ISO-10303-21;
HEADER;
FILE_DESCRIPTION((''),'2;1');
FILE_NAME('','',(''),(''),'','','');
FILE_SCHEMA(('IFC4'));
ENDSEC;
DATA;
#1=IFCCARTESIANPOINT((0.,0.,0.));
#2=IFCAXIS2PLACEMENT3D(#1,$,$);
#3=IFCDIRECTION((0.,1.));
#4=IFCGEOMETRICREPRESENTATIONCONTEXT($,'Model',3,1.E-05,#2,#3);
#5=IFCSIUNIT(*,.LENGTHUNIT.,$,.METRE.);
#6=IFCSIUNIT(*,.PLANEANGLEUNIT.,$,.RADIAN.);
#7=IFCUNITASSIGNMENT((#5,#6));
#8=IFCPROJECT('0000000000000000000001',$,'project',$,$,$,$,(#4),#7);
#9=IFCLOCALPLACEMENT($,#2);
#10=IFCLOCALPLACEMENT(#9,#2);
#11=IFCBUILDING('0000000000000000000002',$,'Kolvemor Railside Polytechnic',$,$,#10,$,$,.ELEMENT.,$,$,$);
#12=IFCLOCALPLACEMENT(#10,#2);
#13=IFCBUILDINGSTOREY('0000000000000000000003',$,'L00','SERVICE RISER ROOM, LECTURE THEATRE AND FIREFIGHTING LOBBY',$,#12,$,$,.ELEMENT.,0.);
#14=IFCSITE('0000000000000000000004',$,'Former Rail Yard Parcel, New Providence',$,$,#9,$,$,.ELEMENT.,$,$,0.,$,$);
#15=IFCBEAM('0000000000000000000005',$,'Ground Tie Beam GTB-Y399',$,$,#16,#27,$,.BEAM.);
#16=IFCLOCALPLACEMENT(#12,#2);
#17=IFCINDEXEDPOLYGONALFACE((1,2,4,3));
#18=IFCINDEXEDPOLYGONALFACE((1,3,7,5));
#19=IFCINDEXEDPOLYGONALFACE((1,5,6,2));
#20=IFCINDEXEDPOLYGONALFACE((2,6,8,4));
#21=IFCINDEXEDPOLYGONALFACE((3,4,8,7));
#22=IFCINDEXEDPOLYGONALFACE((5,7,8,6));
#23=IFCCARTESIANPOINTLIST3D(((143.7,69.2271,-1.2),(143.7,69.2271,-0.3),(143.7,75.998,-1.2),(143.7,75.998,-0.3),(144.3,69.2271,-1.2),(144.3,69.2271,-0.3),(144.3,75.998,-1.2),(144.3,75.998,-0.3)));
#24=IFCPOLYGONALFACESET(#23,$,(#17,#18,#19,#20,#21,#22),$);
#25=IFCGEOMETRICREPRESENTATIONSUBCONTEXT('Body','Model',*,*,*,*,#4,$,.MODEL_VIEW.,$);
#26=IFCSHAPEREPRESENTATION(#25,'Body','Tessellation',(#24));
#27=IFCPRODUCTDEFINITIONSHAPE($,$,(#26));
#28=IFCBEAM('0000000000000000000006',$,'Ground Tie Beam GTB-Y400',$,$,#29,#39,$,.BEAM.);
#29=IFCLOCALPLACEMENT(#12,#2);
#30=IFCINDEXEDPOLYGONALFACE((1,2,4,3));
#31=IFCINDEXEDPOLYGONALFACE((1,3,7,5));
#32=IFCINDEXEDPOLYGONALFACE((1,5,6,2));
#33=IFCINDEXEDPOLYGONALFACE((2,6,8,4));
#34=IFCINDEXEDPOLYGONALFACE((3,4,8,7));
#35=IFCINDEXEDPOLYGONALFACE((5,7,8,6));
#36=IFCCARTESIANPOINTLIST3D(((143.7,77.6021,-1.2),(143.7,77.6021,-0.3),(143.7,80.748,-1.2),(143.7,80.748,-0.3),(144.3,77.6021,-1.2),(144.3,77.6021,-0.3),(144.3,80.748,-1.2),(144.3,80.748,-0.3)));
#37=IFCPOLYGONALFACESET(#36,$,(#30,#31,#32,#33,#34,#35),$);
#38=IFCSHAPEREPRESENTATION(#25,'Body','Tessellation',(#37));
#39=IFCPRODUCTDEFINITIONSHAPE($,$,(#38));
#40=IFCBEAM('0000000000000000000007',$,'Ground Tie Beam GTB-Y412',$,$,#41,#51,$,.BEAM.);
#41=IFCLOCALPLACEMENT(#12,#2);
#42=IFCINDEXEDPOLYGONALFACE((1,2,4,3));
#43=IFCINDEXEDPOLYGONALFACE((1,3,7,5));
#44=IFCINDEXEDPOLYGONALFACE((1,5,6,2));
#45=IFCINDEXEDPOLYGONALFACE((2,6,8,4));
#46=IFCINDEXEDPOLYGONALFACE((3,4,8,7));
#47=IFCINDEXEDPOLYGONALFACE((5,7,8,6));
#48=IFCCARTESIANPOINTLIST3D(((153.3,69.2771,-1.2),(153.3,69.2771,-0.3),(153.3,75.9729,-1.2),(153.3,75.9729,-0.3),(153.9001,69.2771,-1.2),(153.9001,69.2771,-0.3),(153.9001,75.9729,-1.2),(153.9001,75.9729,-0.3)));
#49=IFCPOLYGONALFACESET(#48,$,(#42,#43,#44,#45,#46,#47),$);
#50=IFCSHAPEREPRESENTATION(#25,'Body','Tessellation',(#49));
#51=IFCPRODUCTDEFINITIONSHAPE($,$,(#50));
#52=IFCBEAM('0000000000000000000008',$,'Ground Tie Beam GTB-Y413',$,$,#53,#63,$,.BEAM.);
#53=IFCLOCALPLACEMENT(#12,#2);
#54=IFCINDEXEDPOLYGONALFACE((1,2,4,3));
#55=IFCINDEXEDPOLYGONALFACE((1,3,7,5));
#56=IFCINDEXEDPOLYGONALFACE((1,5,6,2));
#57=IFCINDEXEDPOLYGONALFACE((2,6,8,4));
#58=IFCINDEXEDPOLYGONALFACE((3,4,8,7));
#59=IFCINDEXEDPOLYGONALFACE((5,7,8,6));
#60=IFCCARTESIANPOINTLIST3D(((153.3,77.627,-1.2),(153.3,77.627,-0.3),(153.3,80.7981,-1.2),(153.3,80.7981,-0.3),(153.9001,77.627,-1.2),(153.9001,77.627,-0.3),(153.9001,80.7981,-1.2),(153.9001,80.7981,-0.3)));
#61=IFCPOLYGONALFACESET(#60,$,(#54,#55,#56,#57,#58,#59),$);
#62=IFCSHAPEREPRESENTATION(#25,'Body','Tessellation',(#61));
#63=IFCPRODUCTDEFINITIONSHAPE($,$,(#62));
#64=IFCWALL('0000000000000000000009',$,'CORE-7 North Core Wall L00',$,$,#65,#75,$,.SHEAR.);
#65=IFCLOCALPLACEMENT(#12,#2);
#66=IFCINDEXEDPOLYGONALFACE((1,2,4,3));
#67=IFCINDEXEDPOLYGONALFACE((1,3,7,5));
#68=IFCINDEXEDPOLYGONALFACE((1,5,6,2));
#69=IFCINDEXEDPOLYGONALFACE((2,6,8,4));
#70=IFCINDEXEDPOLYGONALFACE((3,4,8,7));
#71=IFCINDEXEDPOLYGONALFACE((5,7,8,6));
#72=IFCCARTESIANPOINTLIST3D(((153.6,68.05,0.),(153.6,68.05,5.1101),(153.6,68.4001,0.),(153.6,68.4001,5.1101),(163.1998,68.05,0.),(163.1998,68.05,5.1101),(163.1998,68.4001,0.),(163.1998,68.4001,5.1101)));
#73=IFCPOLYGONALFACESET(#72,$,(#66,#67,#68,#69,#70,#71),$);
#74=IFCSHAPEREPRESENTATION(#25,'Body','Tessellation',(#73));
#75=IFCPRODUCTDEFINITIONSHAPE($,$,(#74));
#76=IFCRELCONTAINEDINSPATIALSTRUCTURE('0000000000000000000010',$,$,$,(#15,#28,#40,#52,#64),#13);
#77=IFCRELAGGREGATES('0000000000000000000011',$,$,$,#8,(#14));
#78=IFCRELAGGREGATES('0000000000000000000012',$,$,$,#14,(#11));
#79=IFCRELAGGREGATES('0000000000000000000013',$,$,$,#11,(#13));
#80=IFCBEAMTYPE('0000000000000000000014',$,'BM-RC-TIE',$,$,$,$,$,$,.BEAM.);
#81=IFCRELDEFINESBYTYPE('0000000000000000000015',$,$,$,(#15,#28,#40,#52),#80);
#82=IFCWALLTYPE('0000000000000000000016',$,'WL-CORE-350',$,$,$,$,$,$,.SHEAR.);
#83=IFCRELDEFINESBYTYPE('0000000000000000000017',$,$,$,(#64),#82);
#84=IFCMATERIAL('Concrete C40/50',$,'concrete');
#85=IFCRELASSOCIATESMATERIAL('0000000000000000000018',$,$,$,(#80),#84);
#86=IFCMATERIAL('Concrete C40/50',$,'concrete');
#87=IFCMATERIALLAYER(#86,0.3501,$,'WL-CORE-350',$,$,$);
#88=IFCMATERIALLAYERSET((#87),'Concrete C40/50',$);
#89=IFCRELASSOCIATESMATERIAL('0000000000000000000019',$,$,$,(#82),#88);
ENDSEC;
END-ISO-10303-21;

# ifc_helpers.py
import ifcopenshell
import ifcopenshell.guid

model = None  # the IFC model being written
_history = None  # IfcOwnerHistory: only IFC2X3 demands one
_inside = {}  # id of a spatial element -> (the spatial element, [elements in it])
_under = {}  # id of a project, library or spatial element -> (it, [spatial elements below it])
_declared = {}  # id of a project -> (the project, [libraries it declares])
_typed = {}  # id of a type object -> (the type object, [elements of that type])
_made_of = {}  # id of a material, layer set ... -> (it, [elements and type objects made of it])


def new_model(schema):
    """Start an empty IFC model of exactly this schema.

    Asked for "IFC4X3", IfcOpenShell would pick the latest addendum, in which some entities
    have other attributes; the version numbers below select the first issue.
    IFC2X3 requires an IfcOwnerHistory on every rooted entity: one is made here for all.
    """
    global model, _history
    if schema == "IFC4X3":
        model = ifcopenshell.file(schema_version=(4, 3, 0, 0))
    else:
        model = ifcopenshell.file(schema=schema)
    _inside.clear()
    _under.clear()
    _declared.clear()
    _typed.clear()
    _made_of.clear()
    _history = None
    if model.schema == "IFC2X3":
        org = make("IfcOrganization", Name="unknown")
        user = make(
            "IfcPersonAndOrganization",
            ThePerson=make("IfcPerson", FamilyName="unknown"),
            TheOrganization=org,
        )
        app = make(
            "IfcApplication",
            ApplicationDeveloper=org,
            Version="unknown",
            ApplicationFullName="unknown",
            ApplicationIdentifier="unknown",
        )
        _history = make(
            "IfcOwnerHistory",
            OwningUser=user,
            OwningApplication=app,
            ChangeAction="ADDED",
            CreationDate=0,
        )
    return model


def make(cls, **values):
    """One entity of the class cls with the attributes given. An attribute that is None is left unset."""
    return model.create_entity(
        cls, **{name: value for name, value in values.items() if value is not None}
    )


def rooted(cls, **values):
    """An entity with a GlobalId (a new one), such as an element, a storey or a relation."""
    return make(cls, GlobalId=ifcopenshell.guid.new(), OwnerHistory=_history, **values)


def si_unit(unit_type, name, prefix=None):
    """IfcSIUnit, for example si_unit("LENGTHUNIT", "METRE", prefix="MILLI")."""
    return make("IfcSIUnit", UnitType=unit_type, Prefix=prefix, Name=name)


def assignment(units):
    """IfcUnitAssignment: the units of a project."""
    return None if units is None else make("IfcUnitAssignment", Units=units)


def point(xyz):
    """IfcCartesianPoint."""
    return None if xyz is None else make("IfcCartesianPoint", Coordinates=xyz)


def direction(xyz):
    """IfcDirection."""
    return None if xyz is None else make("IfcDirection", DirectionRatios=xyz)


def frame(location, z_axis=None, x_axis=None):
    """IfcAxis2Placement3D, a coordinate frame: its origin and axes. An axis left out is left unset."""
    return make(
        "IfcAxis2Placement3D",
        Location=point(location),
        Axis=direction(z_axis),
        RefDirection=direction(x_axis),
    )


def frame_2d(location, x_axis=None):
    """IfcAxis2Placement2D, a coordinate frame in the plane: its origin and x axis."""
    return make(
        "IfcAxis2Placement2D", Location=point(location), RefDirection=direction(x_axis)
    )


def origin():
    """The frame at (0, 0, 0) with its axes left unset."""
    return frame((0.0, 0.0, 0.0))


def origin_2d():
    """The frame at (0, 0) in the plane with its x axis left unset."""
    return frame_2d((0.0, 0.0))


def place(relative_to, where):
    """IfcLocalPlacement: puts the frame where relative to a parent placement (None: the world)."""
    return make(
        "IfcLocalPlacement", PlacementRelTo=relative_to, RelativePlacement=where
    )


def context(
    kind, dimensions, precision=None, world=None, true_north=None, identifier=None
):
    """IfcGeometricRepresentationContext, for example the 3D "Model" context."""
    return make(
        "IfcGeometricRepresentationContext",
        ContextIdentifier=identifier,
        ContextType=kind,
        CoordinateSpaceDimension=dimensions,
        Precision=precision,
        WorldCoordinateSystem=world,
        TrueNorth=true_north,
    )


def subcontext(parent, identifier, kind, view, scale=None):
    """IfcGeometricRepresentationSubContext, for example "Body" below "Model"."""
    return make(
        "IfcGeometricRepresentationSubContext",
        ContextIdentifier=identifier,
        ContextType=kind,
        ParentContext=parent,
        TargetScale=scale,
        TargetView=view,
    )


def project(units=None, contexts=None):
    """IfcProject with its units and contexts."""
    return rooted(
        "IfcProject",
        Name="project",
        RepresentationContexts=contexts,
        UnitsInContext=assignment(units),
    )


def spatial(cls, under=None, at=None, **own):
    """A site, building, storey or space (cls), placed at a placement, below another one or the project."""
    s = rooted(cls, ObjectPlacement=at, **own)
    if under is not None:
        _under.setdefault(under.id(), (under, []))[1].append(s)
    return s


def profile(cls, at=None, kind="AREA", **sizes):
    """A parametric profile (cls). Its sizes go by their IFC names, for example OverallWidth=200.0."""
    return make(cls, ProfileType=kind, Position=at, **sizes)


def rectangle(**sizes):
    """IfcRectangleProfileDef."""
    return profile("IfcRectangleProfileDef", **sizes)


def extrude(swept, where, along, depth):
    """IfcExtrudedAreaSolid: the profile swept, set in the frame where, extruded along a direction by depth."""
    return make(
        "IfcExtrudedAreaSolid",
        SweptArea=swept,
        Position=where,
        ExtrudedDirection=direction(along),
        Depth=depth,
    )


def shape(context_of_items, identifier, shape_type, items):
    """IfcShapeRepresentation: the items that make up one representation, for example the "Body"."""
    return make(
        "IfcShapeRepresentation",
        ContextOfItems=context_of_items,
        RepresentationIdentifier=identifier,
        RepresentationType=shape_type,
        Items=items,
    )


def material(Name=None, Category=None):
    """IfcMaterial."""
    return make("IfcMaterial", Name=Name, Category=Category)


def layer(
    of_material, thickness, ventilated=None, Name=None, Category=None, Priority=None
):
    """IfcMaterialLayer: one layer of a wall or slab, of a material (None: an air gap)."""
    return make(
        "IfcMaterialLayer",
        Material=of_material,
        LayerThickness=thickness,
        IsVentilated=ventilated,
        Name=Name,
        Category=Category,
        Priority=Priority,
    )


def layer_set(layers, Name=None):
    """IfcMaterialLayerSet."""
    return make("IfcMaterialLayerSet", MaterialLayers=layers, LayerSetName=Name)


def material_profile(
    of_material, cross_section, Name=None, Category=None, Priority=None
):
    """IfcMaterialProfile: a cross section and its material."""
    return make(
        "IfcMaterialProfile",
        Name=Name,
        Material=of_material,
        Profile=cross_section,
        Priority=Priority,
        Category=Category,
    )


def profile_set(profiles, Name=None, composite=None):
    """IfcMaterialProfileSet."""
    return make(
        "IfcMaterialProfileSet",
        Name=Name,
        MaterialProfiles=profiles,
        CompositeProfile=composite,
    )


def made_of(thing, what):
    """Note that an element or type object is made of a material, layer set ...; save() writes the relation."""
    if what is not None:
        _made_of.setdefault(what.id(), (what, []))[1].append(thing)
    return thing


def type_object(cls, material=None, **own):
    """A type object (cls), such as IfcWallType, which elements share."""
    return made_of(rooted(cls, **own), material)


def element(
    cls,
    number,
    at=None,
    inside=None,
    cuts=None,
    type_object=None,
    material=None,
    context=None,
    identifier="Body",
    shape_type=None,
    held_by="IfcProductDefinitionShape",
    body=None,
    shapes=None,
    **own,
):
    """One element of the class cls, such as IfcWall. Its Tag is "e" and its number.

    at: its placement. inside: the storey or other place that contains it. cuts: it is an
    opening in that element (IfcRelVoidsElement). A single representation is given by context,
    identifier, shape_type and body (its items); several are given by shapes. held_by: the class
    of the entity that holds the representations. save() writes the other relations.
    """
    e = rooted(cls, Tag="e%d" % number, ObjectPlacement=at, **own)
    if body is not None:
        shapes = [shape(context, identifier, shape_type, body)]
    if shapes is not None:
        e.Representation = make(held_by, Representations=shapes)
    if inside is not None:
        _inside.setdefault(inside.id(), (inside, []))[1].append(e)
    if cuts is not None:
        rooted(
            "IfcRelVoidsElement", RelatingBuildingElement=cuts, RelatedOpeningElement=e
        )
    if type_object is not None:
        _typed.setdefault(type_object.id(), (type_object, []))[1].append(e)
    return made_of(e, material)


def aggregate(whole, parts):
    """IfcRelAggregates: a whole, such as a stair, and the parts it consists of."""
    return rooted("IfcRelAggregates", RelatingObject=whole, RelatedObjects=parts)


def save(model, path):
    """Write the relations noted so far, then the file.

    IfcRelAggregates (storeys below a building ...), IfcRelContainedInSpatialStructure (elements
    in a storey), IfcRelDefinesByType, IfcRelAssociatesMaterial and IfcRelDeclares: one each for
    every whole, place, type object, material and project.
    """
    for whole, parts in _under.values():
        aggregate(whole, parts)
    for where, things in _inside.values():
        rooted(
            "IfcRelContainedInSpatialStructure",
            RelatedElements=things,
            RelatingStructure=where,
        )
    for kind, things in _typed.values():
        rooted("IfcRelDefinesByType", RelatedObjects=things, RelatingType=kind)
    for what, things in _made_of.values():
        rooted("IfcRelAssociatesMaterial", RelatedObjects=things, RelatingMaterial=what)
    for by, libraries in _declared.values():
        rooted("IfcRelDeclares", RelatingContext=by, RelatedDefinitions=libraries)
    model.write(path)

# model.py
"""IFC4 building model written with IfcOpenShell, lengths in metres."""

from ifc_helpers import new_model, si_unit, direction, frame, frame_2d, origin, origin_2d, place, context, subcontext, project, spatial, rectangle, extrude, material, layer, layer_set, material_profile, profile_set, type_object, element, save


model = new_model("IFC4")

# Units and contexts
model_context = context("Model", 3, precision=1e-05, world=origin(), true_north=direction((0.0, 1.0)))
body_context = subcontext(model_context, "Body", "Model", "MODEL_VIEW")
ifc_project = project(units=[si_unit("LENGTHUNIT", "METRE"), si_unit("PLANEANGLEUNIT", "RADIAN")], contexts=[model_context])

# Site, building, storey
site_placement = place(None, origin())
site = spatial("IfcSite", under=ifc_project, at=site_placement, Name="Former Rail Yard Parcel, New Providence", CompositionType="ELEMENT", RefElevation=0.0)
building_placement = place(site_placement, origin())
building = spatial("IfcBuilding", under=site, at=building_placement, Name="Kolvemor Railside Polytechnic", CompositionType="ELEMENT")
storey_placement = place(building_placement, origin())
storey = spatial("IfcBuildingStorey", under=building, at=storey_placement, Name="L00", Description="SERVICE RISER ROOM, LECTURE THEATRE AND FIREFIGHTING LOBBY", CompositionType="ELEMENT", Elevation=0.0)

# Beams
ifc_material_1 = material(Name="Concrete C40/50", Category="concrete")
ifc_material_profile_1 = material_profile(ifc_material_1, rectangle(XDim=0.6001, YDim=0.8999, at=origin_2d()), Name="RC600x900")
ifc_profile_set_1 = profile_set([ifc_material_profile_1], Name="Concrete C40/50")
beam_type_1 = type_object("IfcBeamType", Name="BM-RC-TIE", PredefinedType="BEAM", material=ifc_profile_set_1)
beam_1_placement = place(storey_placement, frame((144.0, 69.2271, -0.75), z_axis=(0.0, 1.0, 0.0), x_axis=(-1.0, 0.0, 0.0)))
element("IfcBeam", 1, at=beam_1_placement, inside=storey, type_object=beam_type_1, Name="Ground Tie Beam GTB-Y399", PredefinedType="BEAM", context=body_context, shape_type="SweptSolid", body=[
    extrude(rectangle(XDim=0.6001, YDim=0.8999, at=origin_2d()), origin(), (0.0, 0.0, 1.0), 6.771),
])
beam_2_placement = place(storey_placement, frame((144.0, 77.6021, -0.75), z_axis=(0.0, 1.0, 0.0), x_axis=(-1.0, 0.0, 0.0)))
element("IfcBeam", 2, at=beam_2_placement, inside=storey, type_object=beam_type_1, Name="Ground Tie Beam GTB-Y400", PredefinedType="BEAM", context=body_context, shape_type="SweptSolid", body=[
    extrude(rectangle(XDim=0.6001, YDim=0.8999, at=origin_2d()), origin(), (0.0, 0.0, 1.0), 3.146),
])
beam_3_placement = place(storey_placement, frame((153.6001, 69.2771, -0.75), z_axis=(0.0, 1.0, 0.0), x_axis=(-1.0, 0.0, 0.0)))
element("IfcBeam", 3, at=beam_3_placement, inside=storey, type_object=beam_type_1, Name="Ground Tie Beam GTB-Y412", PredefinedType="BEAM", context=body_context, shape_type="SweptSolid", body=[
    extrude(rectangle(XDim=0.6001, YDim=0.8999, at=origin_2d()), origin(), (0.0, 0.0, 1.0), 6.6958),
])
beam_4_placement = place(storey_placement, frame((153.6001, 77.627, -0.75), z_axis=(0.0, 1.0, 0.0), x_axis=(-1.0, 0.0, 0.0)))
element("IfcBeam", 4, at=beam_4_placement, inside=storey, type_object=beam_type_1, Name="Ground Tie Beam GTB-Y413", PredefinedType="BEAM", context=body_context, shape_type="SweptSolid", body=[
    extrude(rectangle(XDim=0.6001, YDim=0.8999, at=origin_2d()), origin(), (0.0, 0.0, 1.0), 3.1711),
])

# Wall
ifc_material_2 = material(Name="Concrete C40/50", Category="concrete")
ifc_layer = layer(ifc_material_2, 0.3501, Name="WL-CORE-350")
ifc_layer_set = layer_set([ifc_layer], Name="Concrete C40/50")
wall_type = type_object("IfcWallType", Name="WL-CORE-350", PredefinedType="SHEAR", material=ifc_layer_set)
wall_placement = place(storey_placement, frame((153.6001, 68.2251, 0.0), z_axis=(0.0, 0.0, 1.0), x_axis=(1.0, 0.0, 0.0)))
element("IfcWall", 5, at=wall_placement, inside=storey, type_object=wall_type, Name="CORE-7 North Core Wall L00", PredefinedType="SHEAR", context=body_context, shape_type="SweptSolid", body=[
    extrude(rectangle(XDim=9.5999, YDim=0.3501, at=frame_2d((4.7998, 0.0))), origin(), (0.0, 0.0, 1.0), 5.1101),
])

save(model, "model.ifc")
